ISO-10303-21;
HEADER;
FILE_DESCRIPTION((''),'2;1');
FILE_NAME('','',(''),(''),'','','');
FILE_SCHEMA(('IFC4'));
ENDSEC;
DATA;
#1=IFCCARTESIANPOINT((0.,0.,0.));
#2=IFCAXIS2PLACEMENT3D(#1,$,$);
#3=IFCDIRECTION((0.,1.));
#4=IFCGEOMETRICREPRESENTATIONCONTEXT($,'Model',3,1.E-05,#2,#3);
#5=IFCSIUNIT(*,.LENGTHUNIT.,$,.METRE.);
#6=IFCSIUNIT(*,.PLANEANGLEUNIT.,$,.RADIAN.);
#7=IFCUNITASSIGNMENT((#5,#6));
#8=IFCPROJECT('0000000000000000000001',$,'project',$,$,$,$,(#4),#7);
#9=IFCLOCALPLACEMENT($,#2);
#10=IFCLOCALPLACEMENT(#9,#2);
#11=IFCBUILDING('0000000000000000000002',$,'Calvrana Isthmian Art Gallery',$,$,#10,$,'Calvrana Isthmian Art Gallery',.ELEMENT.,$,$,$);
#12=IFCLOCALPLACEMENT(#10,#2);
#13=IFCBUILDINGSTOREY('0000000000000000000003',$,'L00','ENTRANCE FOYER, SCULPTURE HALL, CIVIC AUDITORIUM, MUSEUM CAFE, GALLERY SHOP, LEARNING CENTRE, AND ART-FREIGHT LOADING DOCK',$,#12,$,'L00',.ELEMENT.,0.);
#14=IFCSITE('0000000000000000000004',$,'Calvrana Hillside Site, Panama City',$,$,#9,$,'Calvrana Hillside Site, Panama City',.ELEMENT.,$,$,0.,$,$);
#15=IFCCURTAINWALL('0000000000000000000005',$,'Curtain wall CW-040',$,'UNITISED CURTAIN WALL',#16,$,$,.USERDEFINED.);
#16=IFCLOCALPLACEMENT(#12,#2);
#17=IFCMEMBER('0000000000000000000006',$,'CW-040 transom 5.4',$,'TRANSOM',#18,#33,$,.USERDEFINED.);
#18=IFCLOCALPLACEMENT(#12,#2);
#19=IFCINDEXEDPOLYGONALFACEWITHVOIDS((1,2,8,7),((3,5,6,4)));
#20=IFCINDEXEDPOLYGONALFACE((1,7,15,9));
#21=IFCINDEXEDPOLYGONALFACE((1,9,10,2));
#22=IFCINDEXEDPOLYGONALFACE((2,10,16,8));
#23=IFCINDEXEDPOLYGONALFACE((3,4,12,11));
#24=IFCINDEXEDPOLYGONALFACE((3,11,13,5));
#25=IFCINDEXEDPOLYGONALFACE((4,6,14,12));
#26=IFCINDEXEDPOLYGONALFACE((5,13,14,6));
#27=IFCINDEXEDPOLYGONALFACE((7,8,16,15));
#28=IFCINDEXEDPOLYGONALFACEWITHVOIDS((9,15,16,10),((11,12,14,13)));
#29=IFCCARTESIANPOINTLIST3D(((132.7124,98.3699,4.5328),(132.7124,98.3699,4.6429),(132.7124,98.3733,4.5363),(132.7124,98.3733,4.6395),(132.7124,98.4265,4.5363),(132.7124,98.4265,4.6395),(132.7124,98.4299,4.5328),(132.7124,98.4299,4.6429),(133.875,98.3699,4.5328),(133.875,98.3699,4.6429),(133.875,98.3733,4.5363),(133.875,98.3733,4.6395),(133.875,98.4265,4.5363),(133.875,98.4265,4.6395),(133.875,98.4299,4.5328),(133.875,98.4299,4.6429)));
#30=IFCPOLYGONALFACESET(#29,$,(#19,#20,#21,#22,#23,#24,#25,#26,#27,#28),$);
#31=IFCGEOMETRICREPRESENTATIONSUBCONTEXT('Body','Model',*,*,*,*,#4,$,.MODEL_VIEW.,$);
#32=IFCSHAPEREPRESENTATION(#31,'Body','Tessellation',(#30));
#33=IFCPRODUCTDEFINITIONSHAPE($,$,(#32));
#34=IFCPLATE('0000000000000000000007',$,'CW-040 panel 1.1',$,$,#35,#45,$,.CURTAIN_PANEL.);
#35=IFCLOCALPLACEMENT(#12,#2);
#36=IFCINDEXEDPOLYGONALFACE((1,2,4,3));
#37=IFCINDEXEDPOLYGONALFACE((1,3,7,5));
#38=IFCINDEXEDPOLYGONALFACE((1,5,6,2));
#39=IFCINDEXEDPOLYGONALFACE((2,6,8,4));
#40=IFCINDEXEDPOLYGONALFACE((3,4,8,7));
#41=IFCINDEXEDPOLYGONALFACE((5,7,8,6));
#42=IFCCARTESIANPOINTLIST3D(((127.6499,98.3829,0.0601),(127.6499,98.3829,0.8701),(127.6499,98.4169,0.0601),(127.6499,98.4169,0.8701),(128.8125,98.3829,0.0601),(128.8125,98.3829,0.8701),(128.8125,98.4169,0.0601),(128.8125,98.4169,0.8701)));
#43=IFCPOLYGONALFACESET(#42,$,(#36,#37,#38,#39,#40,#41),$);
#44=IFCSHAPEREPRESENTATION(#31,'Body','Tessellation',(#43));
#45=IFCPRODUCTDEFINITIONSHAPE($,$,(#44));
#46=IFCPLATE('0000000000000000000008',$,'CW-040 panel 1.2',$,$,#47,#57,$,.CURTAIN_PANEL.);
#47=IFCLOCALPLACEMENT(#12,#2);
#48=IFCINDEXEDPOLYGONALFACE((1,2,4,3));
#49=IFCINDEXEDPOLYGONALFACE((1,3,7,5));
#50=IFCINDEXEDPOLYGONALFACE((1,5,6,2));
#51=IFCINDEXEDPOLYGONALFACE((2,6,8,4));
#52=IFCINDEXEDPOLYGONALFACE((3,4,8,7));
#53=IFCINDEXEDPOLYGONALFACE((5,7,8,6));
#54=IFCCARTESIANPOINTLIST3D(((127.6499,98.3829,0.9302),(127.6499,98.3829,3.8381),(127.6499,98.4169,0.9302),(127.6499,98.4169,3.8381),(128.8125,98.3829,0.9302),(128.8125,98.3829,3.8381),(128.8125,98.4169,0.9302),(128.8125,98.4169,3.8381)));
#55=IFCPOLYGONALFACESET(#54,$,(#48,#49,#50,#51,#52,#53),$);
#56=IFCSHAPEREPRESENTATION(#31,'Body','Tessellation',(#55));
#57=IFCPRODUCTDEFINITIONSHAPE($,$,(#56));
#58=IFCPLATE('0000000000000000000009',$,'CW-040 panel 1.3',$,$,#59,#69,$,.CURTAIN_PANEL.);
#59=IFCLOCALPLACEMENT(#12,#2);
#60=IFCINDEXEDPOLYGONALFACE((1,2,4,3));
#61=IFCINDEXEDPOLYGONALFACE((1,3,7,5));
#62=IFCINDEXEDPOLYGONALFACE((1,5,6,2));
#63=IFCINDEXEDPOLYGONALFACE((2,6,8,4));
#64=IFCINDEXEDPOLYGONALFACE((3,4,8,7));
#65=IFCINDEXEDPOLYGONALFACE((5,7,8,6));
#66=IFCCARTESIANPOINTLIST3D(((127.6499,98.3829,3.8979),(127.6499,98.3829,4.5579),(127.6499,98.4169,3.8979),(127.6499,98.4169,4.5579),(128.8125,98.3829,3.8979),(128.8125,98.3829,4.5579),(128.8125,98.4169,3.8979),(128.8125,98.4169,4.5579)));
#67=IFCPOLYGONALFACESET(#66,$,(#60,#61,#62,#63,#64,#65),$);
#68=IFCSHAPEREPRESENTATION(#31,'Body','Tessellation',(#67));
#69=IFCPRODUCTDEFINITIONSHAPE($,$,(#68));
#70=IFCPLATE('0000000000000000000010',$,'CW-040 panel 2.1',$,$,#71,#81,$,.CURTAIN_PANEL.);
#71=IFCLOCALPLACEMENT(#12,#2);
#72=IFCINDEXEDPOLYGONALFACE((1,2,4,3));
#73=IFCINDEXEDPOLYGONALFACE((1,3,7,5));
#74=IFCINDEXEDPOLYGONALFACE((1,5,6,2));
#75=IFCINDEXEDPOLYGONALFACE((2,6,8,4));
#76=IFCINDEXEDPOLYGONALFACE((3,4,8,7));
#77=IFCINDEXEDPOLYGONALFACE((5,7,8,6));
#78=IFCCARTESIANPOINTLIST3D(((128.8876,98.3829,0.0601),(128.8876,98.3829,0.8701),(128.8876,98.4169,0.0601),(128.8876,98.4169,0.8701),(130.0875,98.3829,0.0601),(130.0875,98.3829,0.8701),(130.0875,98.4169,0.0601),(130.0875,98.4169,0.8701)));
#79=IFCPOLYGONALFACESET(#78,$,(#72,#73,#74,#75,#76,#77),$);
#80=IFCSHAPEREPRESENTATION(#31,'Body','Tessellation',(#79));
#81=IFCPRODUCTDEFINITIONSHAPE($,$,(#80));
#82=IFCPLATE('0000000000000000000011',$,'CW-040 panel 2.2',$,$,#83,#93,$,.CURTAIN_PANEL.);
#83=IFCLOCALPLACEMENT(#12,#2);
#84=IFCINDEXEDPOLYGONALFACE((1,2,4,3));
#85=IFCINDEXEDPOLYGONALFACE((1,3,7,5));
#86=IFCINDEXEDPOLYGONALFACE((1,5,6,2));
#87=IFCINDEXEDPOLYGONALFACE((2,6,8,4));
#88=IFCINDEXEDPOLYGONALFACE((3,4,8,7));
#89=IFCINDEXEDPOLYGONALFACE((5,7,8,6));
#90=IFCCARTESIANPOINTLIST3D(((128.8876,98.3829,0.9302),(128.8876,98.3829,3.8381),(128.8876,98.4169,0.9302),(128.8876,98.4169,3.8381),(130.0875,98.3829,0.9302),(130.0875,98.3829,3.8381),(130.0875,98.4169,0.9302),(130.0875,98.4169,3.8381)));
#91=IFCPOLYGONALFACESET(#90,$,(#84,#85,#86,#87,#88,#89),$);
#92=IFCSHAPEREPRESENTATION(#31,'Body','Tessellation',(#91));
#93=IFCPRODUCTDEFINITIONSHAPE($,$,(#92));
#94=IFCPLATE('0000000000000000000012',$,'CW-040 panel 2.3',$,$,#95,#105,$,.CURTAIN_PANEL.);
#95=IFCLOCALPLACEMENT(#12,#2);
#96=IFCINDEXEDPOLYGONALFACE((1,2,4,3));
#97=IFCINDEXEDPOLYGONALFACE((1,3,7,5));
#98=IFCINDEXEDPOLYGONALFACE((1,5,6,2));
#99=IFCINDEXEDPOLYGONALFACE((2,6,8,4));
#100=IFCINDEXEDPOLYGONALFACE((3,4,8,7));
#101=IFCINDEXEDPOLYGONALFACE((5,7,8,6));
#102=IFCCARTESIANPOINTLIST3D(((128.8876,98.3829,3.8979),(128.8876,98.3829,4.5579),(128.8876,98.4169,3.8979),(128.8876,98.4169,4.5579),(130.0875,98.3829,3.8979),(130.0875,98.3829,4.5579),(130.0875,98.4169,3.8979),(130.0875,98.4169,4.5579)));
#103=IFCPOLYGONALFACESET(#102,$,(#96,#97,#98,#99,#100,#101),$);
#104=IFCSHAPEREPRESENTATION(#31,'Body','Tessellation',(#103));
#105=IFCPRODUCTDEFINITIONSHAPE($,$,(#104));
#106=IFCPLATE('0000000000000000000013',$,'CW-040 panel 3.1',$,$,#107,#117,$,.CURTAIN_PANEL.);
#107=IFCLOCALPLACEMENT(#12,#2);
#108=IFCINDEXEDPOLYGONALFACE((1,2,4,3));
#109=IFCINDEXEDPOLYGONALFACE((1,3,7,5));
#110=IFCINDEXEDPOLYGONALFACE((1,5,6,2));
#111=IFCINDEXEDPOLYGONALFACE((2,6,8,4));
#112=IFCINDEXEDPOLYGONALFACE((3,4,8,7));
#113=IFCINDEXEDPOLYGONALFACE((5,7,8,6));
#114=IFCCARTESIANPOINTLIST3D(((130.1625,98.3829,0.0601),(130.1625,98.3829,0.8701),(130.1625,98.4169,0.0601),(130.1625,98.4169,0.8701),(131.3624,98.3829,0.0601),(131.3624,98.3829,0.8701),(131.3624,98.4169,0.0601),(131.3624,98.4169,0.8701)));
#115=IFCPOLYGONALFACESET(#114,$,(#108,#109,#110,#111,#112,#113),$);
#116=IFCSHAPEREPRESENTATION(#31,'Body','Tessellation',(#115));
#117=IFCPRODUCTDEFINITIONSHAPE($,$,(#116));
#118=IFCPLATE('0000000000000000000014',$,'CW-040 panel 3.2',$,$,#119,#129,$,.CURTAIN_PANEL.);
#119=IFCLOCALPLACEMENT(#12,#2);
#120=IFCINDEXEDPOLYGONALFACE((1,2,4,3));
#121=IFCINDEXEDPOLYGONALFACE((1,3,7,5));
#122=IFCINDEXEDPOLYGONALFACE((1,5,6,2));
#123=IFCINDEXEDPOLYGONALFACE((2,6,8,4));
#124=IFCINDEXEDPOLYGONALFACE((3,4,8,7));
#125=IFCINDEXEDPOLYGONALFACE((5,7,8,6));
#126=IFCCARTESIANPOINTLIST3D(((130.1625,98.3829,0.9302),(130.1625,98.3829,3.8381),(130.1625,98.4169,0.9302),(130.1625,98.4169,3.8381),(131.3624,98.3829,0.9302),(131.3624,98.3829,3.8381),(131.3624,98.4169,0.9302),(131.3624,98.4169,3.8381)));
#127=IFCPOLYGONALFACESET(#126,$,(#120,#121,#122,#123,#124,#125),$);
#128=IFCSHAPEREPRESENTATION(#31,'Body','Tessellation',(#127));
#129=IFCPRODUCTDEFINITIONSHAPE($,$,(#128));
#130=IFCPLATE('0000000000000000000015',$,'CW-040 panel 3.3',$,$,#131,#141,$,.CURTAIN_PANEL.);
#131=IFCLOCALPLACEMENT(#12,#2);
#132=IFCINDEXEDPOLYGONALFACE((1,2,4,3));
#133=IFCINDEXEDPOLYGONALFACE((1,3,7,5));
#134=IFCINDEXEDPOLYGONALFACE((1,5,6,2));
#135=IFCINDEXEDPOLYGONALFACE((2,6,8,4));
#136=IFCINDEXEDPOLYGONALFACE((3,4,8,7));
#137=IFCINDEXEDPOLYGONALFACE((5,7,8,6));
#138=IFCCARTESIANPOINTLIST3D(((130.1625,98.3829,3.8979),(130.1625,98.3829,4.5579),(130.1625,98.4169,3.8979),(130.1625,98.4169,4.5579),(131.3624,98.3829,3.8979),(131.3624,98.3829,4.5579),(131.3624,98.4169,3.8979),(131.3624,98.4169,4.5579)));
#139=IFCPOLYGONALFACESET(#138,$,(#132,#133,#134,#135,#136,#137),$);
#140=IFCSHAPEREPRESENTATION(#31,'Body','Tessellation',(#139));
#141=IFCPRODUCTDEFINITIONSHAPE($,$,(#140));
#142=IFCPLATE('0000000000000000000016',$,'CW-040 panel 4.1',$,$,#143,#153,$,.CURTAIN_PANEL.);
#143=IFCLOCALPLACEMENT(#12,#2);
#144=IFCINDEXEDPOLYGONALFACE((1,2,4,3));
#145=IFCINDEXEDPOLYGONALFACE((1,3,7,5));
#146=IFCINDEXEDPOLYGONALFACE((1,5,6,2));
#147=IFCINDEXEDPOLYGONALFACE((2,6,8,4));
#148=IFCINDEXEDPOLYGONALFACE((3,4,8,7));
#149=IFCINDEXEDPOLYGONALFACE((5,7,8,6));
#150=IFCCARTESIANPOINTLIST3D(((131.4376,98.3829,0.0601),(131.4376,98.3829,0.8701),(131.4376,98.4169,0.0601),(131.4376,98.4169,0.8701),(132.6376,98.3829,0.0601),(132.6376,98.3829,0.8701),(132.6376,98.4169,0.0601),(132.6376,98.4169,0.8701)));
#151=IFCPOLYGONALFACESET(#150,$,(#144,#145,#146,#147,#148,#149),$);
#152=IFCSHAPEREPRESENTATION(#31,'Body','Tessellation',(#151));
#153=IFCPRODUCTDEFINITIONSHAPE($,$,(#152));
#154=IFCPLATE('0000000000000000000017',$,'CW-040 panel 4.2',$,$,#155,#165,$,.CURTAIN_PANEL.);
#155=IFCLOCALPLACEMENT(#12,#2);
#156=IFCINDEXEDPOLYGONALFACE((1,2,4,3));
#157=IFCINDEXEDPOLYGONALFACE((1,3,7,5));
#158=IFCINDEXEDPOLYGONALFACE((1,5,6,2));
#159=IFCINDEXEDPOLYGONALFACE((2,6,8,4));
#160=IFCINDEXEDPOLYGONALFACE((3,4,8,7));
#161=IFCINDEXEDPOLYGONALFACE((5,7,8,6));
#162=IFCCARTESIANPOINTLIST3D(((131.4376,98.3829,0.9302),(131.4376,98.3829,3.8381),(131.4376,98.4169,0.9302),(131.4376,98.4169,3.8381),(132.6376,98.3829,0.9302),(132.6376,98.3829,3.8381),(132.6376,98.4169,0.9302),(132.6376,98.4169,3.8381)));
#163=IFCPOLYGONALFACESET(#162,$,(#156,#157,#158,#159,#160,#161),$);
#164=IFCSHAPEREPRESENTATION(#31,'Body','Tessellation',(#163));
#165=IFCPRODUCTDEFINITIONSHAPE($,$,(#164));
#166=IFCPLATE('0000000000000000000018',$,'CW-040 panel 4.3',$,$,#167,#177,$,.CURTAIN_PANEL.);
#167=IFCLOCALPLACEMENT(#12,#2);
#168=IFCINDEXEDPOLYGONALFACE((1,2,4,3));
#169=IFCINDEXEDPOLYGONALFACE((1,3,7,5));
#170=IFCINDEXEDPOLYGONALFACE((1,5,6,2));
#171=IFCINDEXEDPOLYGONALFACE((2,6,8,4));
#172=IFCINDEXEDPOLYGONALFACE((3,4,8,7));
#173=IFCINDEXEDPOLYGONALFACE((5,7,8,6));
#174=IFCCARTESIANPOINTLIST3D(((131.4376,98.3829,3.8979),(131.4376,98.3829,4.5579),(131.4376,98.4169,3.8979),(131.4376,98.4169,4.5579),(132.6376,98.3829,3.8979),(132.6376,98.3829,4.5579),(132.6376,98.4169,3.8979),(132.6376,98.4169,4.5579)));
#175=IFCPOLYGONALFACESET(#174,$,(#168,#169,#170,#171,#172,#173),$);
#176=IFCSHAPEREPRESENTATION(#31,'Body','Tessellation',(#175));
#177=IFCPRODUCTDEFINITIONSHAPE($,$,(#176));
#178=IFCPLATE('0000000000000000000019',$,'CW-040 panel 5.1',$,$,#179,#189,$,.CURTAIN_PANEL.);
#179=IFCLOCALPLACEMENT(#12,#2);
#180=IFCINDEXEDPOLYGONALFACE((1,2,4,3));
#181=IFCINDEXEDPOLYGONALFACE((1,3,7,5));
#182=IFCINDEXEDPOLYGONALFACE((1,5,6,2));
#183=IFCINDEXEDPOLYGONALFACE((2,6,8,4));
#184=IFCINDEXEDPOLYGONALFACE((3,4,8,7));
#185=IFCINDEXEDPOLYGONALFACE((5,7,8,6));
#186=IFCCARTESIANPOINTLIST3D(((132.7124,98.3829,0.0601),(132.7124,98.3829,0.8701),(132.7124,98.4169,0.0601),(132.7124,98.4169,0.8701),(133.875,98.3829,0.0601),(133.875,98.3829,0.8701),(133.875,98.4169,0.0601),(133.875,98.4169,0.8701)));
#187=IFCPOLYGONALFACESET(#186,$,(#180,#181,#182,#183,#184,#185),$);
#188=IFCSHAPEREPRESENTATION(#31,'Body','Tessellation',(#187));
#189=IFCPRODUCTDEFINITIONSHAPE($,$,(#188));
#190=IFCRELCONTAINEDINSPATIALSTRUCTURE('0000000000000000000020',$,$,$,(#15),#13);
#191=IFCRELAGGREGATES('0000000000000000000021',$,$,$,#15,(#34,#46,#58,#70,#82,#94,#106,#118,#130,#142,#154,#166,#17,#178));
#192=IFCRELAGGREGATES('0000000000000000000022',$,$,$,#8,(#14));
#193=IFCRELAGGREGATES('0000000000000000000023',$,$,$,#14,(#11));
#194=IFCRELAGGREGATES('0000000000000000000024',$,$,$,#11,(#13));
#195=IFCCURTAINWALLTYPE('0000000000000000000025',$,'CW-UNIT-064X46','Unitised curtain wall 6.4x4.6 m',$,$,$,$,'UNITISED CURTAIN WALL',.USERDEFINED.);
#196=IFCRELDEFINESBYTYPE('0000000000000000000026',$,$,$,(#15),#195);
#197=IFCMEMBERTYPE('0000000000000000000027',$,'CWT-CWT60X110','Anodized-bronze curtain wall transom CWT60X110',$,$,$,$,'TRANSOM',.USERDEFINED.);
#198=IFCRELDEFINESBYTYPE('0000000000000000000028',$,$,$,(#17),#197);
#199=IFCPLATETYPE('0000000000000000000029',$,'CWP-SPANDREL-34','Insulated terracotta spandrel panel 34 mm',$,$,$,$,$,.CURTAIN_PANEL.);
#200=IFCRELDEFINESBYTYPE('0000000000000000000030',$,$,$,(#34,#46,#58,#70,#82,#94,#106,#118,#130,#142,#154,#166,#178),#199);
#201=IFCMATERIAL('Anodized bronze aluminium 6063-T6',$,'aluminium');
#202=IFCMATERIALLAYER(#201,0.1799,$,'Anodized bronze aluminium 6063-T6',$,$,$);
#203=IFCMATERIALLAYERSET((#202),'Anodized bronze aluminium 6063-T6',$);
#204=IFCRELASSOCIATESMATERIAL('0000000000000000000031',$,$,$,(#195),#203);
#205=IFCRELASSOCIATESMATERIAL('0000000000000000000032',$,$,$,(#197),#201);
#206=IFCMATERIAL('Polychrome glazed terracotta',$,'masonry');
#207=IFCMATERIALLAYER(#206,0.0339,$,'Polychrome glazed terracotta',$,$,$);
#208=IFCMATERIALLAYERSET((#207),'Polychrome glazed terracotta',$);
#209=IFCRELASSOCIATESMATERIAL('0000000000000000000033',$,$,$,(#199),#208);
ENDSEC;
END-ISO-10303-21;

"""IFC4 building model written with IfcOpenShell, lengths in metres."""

from ifc_helpers import new_model, si_unit, direction, frame, origin, origin_2d, place, context, subcontext, project, spatial, rectangle, hollow_rectangle, extrude, material, layer, layer_set, material_profile, profile_set, type_object, element, aggregate, save


model = new_model("IFC4")

# Units and contexts
model_context = context("Model", 3, precision=1e-05, world=origin(), true_north=direction((0.0, 1.0)))
body_context = subcontext(model_context, "Body", "Model", "MODEL_VIEW")
ifc_project = project(units=[si_unit("LENGTHUNIT", "METRE"), si_unit("PLANEANGLEUNIT", "RADIAN")], contexts=[model_context])

# Site, building, storey
site_placement = place(None, origin())
site = spatial("IfcSite", under=ifc_project, at=site_placement, Name="Calvrana Hillside Site, Panama City", LongName="Calvrana Hillside Site, Panama City", CompositionType="ELEMENT", RefElevation=0.0)
building_placement = place(site_placement, origin())
building = spatial("IfcBuilding", under=site, at=building_placement, Name="Calvrana Isthmian Art Gallery", LongName="Calvrana Isthmian Art Gallery", CompositionType="ELEMENT")
storey_placement = place(building_placement, origin())
storey = spatial("IfcBuildingStorey", under=building, at=storey_placement, Name="L00", Description="ENTRANCE FOYER, SCULPTURE HALL, CIVIC AUDITORIUM, MUSEUM CAFE, GALLERY SHOP, LEARNING CENTRE, AND ART-FREIGHT LOADING DOCK", LongName="L00", CompositionType="ELEMENT", Elevation=0.0)

# Curtain wall, member, plates
ifc_material_1 = material(Name="Anodized bronze aluminium 6063-T6", Category="aluminium")
ifc_layer_1 = layer(ifc_material_1, 0.1799, Name="Anodized bronze aluminium 6063-T6")
ifc_layer_set_1 = layer_set([ifc_layer_1], Name="Anodized bronze aluminium 6063-T6")
curtain_wall_type = type_object("IfcCurtainWallType", Name="CW-UNIT-064X46", Description="Unitised curtain wall 6.4x4.6 m", ElementType="UNITISED CURTAIN WALL", PredefinedType="USERDEFINED", material=ifc_layer_set_1)
curtain_wall_placement = place(storey_placement, origin())
curtain_wall = element("IfcCurtainWall", 1, at=curtain_wall_placement, inside=storey, type_object=curtain_wall_type, Name="Curtain wall CW-040", ObjectType="UNITISED CURTAIN WALL", PredefinedType="USERDEFINED")
ifc_material_profile_1 = material_profile(ifc_material_1, hollow_rectangle(XDim=0.0601, YDim=0.1101, WallThickness=0.0034, at=origin_2d()), Name="CWT60X110")
ifc_profile_set_1 = profile_set([ifc_material_profile_1], Name="Anodized bronze aluminium 6063-T6")
member_type_1 = type_object("IfcMemberType", Name="CWT-CWT60X110", Description="Anodized-bronze curtain wall transom CWT60X110", ElementType="TRANSOM", PredefinedType="USERDEFINED", material=ifc_profile_set_1)
member_1_placement = place(storey_placement, frame((132.7124, 98.3999, 4.5879), z_axis=(1.0, 0.0, 0.0), x_axis=(0.0, 1.0, 0.0)))
member_1 = element("IfcMember", 2, at=member_1_placement, type_object=member_type_1, Name="CW-040 transom 5.4", ObjectType="TRANSOM", PredefinedType="USERDEFINED", context=body_context, shape_type="SweptSolid", body=[
    extrude(hollow_rectangle(XDim=0.0601, YDim=0.1101, WallThickness=0.0034, at=origin_2d()), origin(), (0.0, 0.0, 1.0), 1.1626),
])
ifc_material_2 = material(Name="Polychrome glazed terracotta", Category="masonry")
ifc_layer_2 = layer(ifc_material_2, 0.0339, Name="Polychrome glazed terracotta")
ifc_layer_set_2 = layer_set([ifc_layer_2], Name="Polychrome glazed terracotta")
plate_type = type_object("IfcPlateType", Name="CWP-SPANDREL-34", Description="Insulated terracotta spandrel panel 34 mm", PredefinedType="CURTAIN_PANEL", material=ifc_layer_set_2)
plate_1_placement = place(storey_placement, frame((128.2312, 98.3999, 0.0601), z_axis=(0.0, 0.0, 1.0), x_axis=(1.0, 0.0, 0.0)))
plate_1 = element("IfcPlate", 3, at=plate_1_placement, type_object=plate_type, Name="CW-040 panel 1.1", PredefinedType="CURTAIN_PANEL", context=body_context, shape_type="SweptSolid", body=[
    extrude(rectangle(XDim=1.1626, YDim=0.0339, at=origin_2d()), origin(), (0.0, 0.0, 1.0), 0.8101),
])
plate_2_placement = place(storey_placement, frame((128.2312, 98.3999, 0.9302), z_axis=(0.0, 0.0, 1.0), x_axis=(1.0, 0.0, 0.0)))
plate_2 = element("IfcPlate", 4, at=plate_2_placement, type_object=plate_type, Name="CW-040 panel 1.2", PredefinedType="CURTAIN_PANEL", context=body_context, shape_type="SweptSolid", body=[
    extrude(rectangle(XDim=1.1626, YDim=0.0339, at=origin_2d()), origin(), (0.0, 0.0, 1.0), 2.908),
])
plate_3_placement = place(storey_placement, frame((128.2312, 98.3999, 3.8979), z_axis=(0.0, 0.0, 1.0), x_axis=(1.0, 0.0, 0.0)))
plate_3 = element("IfcPlate", 5, at=plate_3_placement, type_object=plate_type, Name="CW-040 panel 1.3", PredefinedType="CURTAIN_PANEL", context=body_context, shape_type="SweptSolid", body=[
    extrude(rectangle(XDim=1.1626, YDim=0.0339, at=origin_2d()), origin(), (0.0, 0.0, 1.0), 0.6599),
])
plate_4_placement = place(storey_placement, frame((129.4875, 98.3999, 0.0601), z_axis=(0.0, 0.0, 1.0), x_axis=(1.0, 0.0, 0.0)))
plate_4 = element("IfcPlate", 6, at=plate_4_placement, type_object=plate_type, Name="CW-040 panel 2.1", PredefinedType="CURTAIN_PANEL", context=body_context, shape_type="SweptSolid", body=[
    extrude(rectangle(XDim=1.2, YDim=0.0339, at=origin_2d()), origin(), (0.0, 0.0, 1.0), 0.8101),
])
plate_5_placement = place(storey_placement, frame((129.4875, 98.3999, 0.9302), z_axis=(0.0, 0.0, 1.0), x_axis=(1.0, 0.0, 0.0)))
plate_5 = element("IfcPlate", 7, at=plate_5_placement, type_object=plate_type, Name="CW-040 panel 2.2", PredefinedType="CURTAIN_PANEL", context=body_context, shape_type="SweptSolid", body=[
    extrude(rectangle(XDim=1.2, YDim=0.0339, at=origin_2d()), origin(), (0.0, 0.0, 1.0), 2.908),
])
plate_6_placement = place(storey_placement, frame((129.4875, 98.3999, 3.8979), z_axis=(0.0, 0.0, 1.0), x_axis=(1.0, 0.0, 0.0)))
plate_6 = element("IfcPlate", 8, at=plate_6_placement, type_object=plate_type, Name="CW-040 panel 2.3", PredefinedType="CURTAIN_PANEL", context=body_context, shape_type="SweptSolid", body=[
    extrude(rectangle(XDim=1.2, YDim=0.0339, at=origin_2d()), origin(), (0.0, 0.0, 1.0), 0.6599),
])
plate_7_placement = place(storey_placement, frame((130.7625, 98.3999, 0.0601), z_axis=(0.0, 0.0, 1.0), x_axis=(1.0, 0.0, 0.0)))
plate_7 = element("IfcPlate", 9, at=plate_7_placement, type_object=plate_type, Name="CW-040 panel 3.1", PredefinedType="CURTAIN_PANEL", context=body_context, shape_type="SweptSolid", body=[
    extrude(rectangle(XDim=1.2, YDim=0.0339, at=origin_2d()), origin(), (0.0, 0.0, 1.0), 0.8101),
])
plate_8_placement = place(storey_placement, frame((130.7625, 98.3999, 0.9302), z_axis=(0.0, 0.0, 1.0), x_axis=(1.0, 0.0, 0.0)))
plate_8 = element("IfcPlate", 10, at=plate_8_placement, type_object=plate_type, Name="CW-040 panel 3.2", PredefinedType="CURTAIN_PANEL", context=body_context, shape_type="SweptSolid", body=[
    extrude(rectangle(XDim=1.2, YDim=0.0339, at=origin_2d()), origin(), (0.0, 0.0, 1.0), 2.908),
])
plate_9_placement = place(storey_placement, frame((130.7625, 98.3999, 3.8979), z_axis=(0.0, 0.0, 1.0), x_axis=(1.0, 0.0, 0.0)))
plate_9 = element("IfcPlate", 11, at=plate_9_placement, type_object=plate_type, Name="CW-040 panel 3.3", PredefinedType="CURTAIN_PANEL", context=body_context, shape_type="SweptSolid", body=[
    extrude(rectangle(XDim=1.2, YDim=0.0339, at=origin_2d()), origin(), (0.0, 0.0, 1.0), 0.6599),
])
plate_10_placement = place(storey_placement, frame((132.0376, 98.3999, 0.0601), z_axis=(0.0, 0.0, 1.0), x_axis=(1.0, 0.0, 0.0)))
plate_10 = element("IfcPlate", 12, at=plate_10_placement, type_object=plate_type, Name="CW-040 panel 4.1", PredefinedType="CURTAIN_PANEL", context=body_context, shape_type="SweptSolid", body=[
    extrude(rectangle(XDim=1.2, YDim=0.0339, at=origin_2d()), origin(), (0.0, 0.0, 1.0), 0.8101),
])
plate_11_placement = place(storey_placement, frame((132.0376, 98.3999, 0.9302), z_axis=(0.0, 0.0, 1.0), x_axis=(1.0, 0.0, 0.0)))
plate_11 = element("IfcPlate", 13, at=plate_11_placement, type_object=plate_type, Name="CW-040 panel 4.2", PredefinedType="CURTAIN_PANEL", context=body_context, shape_type="SweptSolid", body=[
    extrude(rectangle(XDim=1.2, YDim=0.0339, at=origin_2d()), origin(), (0.0, 0.0, 1.0), 2.908),
])
plate_12_placement = place(storey_placement, frame((132.0376, 98.3999, 3.8979), z_axis=(0.0, 0.0, 1.0), x_axis=(1.0, 0.0, 0.0)))
plate_12 = element("IfcPlate", 14, at=plate_12_placement, type_object=plate_type, Name="CW-040 panel 4.3", PredefinedType="CURTAIN_PANEL", context=body_context, shape_type="SweptSolid", body=[
    extrude(rectangle(XDim=1.2, YDim=0.0339, at=origin_2d()), origin(), (0.0, 0.0, 1.0), 0.6599),
])
plate_13_placement = place(storey_placement, frame((133.2937, 98.3999, 0.0601), z_axis=(0.0, 0.0, 1.0), x_axis=(1.0, 0.0, 0.0)))
plate_13 = element("IfcPlate", 15, at=plate_13_placement, type_object=plate_type, Name="CW-040 panel 5.1", PredefinedType="CURTAIN_PANEL", context=body_context, shape_type="SweptSolid", body=[
    extrude(rectangle(XDim=1.1626, YDim=0.0339, at=origin_2d()), origin(), (0.0, 0.0, 1.0), 0.8101),
])
aggregate(curtain_wall, [plate_1, plate_2, plate_3, plate_4, plate_5, plate_6, plate_7, plate_8, plate_9, plate_10, plate_11, plate_12, member_1, plate_13])

save(model, "model.ifc")
